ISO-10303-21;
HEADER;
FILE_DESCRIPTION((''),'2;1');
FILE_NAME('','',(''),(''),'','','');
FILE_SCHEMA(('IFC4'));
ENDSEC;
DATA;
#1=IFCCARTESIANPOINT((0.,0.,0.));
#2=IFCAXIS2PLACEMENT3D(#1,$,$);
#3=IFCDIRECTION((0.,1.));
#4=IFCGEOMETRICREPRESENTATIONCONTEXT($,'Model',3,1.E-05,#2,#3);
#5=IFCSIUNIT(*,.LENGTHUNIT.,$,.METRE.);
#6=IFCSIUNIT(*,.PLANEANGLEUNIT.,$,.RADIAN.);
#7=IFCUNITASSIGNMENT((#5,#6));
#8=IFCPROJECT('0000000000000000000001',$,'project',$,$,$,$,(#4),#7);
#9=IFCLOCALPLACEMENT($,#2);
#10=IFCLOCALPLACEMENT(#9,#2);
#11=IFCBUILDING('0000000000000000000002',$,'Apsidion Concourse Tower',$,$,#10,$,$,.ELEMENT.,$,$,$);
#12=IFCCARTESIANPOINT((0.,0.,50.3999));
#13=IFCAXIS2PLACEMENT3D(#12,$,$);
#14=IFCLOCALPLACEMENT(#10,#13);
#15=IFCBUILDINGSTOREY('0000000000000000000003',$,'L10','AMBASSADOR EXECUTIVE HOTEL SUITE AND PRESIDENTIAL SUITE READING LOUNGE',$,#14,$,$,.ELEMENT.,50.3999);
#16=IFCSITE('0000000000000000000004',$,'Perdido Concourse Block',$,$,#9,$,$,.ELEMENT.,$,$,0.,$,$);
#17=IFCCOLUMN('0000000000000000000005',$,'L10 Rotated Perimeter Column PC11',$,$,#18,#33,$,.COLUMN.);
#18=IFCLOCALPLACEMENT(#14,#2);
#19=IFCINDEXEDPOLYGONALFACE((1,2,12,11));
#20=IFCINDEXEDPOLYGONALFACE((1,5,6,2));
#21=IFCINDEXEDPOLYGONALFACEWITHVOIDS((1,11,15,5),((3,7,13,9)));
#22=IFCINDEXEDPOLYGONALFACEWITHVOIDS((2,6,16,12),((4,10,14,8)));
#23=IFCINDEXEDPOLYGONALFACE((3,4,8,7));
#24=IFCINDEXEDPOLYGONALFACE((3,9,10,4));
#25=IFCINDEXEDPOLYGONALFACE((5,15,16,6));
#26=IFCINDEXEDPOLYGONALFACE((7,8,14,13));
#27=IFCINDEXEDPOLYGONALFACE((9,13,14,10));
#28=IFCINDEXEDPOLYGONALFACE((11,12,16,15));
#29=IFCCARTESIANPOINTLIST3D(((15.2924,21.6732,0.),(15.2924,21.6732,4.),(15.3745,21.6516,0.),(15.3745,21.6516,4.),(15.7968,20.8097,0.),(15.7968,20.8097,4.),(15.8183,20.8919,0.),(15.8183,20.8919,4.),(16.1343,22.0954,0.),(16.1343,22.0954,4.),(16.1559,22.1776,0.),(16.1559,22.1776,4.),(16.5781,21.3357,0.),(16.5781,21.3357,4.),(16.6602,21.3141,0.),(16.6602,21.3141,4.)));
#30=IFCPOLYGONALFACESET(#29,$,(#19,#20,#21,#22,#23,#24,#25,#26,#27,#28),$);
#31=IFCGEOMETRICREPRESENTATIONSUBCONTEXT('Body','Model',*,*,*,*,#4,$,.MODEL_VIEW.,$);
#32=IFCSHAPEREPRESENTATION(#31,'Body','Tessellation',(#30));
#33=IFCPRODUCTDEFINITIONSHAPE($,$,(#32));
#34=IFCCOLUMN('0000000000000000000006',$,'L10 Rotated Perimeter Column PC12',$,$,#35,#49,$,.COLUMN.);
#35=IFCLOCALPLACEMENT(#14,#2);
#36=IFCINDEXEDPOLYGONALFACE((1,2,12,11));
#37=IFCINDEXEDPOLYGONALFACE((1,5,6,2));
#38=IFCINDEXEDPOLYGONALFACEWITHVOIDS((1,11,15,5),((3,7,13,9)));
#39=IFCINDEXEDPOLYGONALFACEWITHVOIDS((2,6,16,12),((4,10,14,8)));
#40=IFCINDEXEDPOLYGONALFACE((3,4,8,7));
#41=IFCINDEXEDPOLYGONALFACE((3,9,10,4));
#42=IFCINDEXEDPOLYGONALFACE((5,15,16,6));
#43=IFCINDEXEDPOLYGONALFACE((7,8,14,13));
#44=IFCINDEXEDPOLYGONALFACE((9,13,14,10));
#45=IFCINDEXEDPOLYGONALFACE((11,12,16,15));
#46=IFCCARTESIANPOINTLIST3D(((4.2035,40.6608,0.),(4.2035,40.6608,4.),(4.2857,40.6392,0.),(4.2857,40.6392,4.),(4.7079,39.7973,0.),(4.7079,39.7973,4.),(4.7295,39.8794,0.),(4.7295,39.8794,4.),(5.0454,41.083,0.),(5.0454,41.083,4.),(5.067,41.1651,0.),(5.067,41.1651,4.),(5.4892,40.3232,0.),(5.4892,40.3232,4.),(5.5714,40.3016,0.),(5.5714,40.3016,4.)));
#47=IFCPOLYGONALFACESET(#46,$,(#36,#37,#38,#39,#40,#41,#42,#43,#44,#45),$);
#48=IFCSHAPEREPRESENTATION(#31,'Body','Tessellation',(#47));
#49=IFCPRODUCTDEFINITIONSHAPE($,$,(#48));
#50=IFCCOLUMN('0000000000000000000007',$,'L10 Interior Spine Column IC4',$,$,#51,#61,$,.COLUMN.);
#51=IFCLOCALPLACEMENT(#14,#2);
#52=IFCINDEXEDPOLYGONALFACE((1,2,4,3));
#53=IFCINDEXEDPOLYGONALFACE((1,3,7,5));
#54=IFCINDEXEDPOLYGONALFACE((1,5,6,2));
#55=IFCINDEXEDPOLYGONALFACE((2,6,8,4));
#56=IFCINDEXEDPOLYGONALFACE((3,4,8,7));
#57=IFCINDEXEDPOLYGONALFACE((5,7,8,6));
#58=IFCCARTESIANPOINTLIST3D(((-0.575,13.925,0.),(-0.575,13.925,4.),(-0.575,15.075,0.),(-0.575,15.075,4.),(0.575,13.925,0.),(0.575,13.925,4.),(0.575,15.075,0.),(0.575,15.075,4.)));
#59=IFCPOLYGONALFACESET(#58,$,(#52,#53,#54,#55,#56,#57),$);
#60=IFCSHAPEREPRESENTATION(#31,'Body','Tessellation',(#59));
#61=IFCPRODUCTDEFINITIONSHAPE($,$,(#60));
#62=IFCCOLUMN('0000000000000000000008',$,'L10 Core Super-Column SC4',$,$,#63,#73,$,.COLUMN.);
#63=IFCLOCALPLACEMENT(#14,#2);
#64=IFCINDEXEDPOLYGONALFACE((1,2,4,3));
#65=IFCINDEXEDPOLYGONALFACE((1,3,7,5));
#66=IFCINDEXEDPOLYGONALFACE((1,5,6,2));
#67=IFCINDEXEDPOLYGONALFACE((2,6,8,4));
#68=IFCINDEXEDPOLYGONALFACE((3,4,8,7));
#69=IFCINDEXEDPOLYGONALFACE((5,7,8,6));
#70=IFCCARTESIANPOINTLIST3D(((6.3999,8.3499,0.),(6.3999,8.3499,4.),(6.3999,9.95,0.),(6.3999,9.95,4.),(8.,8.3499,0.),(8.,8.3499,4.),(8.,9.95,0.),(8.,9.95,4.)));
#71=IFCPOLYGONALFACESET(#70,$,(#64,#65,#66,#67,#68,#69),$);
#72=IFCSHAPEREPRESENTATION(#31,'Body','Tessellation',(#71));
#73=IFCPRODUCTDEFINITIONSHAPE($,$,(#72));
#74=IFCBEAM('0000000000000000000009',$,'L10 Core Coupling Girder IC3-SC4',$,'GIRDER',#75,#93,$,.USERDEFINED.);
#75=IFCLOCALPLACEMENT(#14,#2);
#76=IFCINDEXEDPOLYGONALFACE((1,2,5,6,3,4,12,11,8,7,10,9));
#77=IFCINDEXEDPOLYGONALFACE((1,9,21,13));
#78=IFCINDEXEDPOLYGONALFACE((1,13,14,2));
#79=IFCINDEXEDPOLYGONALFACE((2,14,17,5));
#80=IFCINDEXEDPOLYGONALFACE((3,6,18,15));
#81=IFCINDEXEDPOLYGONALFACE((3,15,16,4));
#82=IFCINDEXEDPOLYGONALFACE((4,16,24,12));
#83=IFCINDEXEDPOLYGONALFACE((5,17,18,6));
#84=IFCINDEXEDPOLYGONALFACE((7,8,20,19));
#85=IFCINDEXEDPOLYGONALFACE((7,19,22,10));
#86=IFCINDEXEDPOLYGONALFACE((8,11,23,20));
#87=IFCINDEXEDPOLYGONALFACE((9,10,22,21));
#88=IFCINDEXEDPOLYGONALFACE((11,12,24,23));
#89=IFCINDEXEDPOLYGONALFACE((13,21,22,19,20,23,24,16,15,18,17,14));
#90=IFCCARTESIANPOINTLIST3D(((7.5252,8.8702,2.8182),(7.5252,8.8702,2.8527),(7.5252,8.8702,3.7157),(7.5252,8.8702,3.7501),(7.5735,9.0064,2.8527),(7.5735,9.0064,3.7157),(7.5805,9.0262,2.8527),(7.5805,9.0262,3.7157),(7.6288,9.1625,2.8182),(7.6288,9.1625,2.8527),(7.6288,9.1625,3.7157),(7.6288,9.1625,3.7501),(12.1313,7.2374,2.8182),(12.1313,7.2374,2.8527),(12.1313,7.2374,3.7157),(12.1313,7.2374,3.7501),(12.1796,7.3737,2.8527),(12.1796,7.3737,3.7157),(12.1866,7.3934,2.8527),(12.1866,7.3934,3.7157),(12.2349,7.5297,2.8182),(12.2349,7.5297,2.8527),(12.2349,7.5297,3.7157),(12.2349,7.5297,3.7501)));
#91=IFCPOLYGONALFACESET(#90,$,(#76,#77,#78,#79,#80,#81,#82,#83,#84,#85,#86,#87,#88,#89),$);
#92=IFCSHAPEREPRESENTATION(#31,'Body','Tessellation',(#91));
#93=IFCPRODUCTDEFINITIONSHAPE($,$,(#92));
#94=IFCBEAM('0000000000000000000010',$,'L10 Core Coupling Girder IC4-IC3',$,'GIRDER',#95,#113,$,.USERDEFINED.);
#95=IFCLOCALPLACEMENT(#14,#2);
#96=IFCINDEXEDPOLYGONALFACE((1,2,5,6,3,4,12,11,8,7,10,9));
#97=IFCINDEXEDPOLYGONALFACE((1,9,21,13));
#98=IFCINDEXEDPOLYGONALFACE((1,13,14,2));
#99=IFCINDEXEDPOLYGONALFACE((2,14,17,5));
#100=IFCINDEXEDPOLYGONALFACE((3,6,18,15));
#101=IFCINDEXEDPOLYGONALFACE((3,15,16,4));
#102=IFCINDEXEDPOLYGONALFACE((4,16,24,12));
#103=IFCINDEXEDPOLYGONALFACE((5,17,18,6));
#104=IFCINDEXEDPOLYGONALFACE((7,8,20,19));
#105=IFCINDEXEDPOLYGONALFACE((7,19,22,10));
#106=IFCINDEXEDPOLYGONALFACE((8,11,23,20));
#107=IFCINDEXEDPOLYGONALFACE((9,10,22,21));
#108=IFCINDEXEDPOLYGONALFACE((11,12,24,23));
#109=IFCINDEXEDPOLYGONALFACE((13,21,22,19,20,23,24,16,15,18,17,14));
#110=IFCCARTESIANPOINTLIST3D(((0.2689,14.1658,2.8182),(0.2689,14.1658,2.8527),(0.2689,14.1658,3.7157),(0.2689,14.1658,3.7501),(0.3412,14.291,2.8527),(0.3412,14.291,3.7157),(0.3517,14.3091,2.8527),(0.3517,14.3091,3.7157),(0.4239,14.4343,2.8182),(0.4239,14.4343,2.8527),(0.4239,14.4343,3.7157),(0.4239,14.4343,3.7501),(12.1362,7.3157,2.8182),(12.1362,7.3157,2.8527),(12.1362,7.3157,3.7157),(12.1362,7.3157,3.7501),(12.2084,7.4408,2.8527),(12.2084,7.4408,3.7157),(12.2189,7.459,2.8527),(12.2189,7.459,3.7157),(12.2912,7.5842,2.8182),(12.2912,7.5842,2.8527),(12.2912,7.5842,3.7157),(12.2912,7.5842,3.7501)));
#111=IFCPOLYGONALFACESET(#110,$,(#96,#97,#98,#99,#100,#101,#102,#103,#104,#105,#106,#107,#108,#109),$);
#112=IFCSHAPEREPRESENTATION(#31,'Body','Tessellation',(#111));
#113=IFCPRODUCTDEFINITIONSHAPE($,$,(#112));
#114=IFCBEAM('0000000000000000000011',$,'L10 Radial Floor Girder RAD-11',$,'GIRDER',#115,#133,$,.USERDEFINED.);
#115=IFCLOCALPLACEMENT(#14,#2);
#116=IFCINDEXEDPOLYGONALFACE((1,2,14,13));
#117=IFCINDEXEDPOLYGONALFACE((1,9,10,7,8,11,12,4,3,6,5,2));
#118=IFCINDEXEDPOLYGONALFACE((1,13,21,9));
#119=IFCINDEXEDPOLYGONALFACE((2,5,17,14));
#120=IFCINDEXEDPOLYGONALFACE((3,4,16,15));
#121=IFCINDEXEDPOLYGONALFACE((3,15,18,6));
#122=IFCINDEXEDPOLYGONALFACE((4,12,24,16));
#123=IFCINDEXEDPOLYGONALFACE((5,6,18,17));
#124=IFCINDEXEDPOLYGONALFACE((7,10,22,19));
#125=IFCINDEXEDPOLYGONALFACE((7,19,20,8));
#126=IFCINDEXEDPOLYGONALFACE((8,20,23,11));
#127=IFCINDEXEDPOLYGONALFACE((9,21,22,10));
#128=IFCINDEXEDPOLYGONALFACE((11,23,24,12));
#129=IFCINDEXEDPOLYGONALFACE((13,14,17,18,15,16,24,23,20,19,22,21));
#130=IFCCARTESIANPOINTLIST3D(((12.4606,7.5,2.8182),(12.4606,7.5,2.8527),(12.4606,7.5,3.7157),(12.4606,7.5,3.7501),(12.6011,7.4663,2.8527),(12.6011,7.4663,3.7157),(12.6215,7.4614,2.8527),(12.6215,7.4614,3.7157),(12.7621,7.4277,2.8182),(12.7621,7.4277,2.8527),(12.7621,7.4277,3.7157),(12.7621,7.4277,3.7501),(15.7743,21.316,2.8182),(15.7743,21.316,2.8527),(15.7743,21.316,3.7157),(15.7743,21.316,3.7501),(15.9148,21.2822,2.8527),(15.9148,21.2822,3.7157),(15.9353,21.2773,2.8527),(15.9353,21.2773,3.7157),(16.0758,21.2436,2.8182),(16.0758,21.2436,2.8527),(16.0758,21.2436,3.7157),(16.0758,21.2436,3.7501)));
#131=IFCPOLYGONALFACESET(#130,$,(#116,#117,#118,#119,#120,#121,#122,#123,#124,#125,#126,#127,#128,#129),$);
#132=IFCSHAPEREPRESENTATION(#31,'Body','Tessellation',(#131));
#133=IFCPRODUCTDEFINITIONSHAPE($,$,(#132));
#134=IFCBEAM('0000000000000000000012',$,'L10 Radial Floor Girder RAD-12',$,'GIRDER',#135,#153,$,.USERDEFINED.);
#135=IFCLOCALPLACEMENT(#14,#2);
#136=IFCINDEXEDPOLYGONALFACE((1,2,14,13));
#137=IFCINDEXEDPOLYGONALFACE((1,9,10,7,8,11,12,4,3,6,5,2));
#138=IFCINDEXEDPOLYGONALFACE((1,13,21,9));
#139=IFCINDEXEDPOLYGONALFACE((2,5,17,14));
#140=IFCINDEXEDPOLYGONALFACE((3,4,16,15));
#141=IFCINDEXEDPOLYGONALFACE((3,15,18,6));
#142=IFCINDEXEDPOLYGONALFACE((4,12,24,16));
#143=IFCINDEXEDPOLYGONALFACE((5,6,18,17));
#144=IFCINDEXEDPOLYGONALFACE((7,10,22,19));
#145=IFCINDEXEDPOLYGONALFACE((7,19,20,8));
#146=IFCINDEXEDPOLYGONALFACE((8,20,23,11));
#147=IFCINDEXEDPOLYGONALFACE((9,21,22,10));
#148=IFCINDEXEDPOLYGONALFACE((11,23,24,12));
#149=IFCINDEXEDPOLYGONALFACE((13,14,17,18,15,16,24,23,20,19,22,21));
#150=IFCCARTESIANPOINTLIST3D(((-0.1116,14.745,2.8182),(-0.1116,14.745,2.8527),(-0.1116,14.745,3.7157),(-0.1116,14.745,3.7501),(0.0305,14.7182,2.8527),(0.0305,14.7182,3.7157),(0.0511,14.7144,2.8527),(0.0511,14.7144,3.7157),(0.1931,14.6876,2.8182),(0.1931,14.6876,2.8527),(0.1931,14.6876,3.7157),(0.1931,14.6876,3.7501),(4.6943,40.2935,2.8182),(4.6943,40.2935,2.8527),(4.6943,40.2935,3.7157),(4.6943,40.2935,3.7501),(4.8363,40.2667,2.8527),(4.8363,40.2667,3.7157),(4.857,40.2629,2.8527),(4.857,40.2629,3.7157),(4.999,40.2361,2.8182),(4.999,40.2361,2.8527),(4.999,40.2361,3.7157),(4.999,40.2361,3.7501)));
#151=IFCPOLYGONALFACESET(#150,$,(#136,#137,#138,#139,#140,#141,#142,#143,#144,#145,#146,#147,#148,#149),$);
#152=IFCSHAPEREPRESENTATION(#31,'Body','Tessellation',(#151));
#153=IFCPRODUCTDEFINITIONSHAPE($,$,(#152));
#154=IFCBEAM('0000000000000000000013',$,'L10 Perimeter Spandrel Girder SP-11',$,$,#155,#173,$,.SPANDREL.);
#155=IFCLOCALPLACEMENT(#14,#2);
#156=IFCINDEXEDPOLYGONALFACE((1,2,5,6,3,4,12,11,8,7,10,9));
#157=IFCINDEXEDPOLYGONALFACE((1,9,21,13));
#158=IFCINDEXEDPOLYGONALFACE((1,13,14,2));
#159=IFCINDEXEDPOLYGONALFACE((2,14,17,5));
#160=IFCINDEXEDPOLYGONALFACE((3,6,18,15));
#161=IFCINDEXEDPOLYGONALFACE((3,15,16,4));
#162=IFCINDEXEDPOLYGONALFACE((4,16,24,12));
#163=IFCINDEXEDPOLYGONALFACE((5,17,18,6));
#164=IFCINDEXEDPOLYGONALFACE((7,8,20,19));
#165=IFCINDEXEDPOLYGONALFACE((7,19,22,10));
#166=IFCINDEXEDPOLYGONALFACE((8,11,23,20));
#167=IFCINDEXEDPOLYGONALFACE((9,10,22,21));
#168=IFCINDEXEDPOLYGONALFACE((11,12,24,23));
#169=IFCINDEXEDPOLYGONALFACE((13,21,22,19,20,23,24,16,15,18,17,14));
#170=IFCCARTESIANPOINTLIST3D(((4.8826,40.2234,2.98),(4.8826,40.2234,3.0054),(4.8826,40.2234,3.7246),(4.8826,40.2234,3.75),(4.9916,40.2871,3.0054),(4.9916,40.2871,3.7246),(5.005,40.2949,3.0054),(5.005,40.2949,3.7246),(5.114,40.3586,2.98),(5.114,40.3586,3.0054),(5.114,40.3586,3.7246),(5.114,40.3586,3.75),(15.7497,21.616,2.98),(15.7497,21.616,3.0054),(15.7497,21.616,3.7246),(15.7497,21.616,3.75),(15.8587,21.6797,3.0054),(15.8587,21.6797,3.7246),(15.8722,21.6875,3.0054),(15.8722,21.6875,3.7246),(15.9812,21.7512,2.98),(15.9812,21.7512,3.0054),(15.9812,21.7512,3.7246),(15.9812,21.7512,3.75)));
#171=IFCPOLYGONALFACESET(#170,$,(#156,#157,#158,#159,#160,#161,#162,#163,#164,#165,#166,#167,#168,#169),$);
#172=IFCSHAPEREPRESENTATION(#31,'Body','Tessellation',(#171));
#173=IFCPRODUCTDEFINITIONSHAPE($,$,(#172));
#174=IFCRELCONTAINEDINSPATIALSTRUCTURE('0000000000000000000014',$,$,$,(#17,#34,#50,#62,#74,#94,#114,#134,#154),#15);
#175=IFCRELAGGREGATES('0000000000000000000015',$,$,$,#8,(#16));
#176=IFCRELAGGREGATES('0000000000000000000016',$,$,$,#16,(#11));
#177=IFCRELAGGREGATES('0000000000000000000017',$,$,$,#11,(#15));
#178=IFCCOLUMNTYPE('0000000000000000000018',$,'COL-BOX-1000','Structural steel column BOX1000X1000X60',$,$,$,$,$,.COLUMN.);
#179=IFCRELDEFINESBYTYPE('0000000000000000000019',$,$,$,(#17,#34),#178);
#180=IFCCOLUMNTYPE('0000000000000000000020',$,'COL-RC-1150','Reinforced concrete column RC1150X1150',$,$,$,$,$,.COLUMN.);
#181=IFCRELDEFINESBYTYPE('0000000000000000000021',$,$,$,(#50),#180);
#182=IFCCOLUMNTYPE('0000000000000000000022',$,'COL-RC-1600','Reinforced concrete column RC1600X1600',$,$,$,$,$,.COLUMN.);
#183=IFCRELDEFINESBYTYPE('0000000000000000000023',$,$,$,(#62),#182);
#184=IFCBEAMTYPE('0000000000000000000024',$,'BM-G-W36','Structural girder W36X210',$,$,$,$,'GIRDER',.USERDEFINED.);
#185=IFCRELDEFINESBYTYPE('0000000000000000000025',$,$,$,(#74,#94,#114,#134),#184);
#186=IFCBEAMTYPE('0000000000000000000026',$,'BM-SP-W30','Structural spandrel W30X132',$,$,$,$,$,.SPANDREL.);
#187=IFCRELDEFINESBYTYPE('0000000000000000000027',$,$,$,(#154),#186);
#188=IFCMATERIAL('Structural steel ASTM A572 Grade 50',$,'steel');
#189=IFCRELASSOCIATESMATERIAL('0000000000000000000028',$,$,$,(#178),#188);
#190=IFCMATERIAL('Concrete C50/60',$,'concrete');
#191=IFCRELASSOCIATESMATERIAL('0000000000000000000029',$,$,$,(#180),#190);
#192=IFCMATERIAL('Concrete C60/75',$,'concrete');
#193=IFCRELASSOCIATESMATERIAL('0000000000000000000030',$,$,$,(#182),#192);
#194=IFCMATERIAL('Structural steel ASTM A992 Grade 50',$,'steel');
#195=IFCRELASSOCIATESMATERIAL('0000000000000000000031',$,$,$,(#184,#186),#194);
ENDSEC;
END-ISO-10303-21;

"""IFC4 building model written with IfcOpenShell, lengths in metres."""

from ifc_helpers import new_model, si_unit, direction, frame, origin, origin_2d, place, context, subcontext, project, spatial, rectangle, hollow_rectangle, i_section, extrude, material, material_profile, profile_set, type_object, element, save


model = new_model("IFC4")

# Units and contexts
model_context = context("Model", 3, precision=1e-05, world=origin(), true_north=direction((0.0, 1.0)))
body_context = subcontext(model_context, "Body", "Model", "MODEL_VIEW")
ifc_project = project(units=[si_unit("LENGTHUNIT", "METRE"), si_unit("PLANEANGLEUNIT", "RADIAN")], contexts=[model_context])

# Site, building, storey
site_placement = place(None, origin())
site = spatial("IfcSite", under=ifc_project, at=site_placement, Name="Perdido Concourse Block", CompositionType="ELEMENT", RefElevation=0.0)
building_placement = place(site_placement, origin())
building = spatial("IfcBuilding", under=site, at=building_placement, Name="Apsidion Concourse Tower", CompositionType="ELEMENT")
storey_placement = place(building_placement, frame((0.0, 0.0, 50.3999)))
storey = spatial("IfcBuildingStorey", under=building, at=storey_placement, Name="L10", Description="AMBASSADOR EXECUTIVE HOTEL SUITE AND PRESIDENTIAL SUITE READING LOUNGE", CompositionType="ELEMENT", Elevation=50.3999)

# Columns
ifc_material_1 = material(Name="Structural steel ASTM A572 Grade 50", Category="steel")
ifc_material_profile_1 = material_profile(ifc_material_1, hollow_rectangle(XDim=1.0, YDim=1.0, WallThickness=0.0601, at=origin_2d()), Name="BOX1000X1000X60")
ifc_profile_set_1 = profile_set([ifc_material_profile_1], Name="Structural steel ASTM A572 Grade 50")
column_type_1 = type_object("IfcColumnType", Name="COL-BOX-1000", Description="Structural steel column BOX1000X1000X60", PredefinedType="COLUMN", material=ifc_profile_set_1)
for number, where, z_axis, x_axis, name in (
    (1, (15.9763, 21.4937, 0.0), (0.0, 0.0, 1.0), (-0.504377, 0.863484, 0.0), "L10 Rotated Perimeter Column PC11"),
    (2, (4.8875, 40.4812, 0.0), (0.0, 0.0, 1.0), (-0.504377, 0.863484, 0.0), "L10 Rotated Perimeter Column PC12"),
):
    element("IfcColumn", number, at=place(storey_placement, frame(where, z_axis=z_axis, x_axis=x_axis)), inside=storey, type_object=column_type_1, Name=name, PredefinedType="COLUMN", context=body_context, shape_type="SweptSolid", body=[
        extrude(hollow_rectangle(XDim=1.0, YDim=1.0, WallThickness=0.0601, at=origin_2d()), origin(), (0.0, 0.0, 1.0), 4.0),
    ])
ifc_material_2 = material(Name="Concrete C50/60", Category="concrete")
ifc_material_profile_2 = material_profile(ifc_material_2, rectangle(XDim=1.1499, YDim=1.1499, at=origin_2d()), Name="RC 1150x1150")
ifc_profile_set_2 = profile_set([ifc_material_profile_2], Name="Concrete C50/60")
column_type_2 = type_object("IfcColumnType", Name="COL-RC-1150", Description="Reinforced concrete column RC1150X1150", PredefinedType="COLUMN", material=ifc_profile_set_2)
column_1_placement = place(storey_placement, frame((0.0, 14.5, 0.0), z_axis=(0.0, 0.0, 1.0), x_axis=(1.0, 0.0, 0.0)))
element("IfcColumn", 3, at=column_1_placement, inside=storey, type_object=column_type_2, Name="L10 Interior Spine Column IC4", PredefinedType="COLUMN", context=body_context, shape_type="SweptSolid", body=[
    extrude(rectangle(XDim=1.1499, YDim=1.1499, at=origin_2d()), origin(), (0.0, 0.0, 1.0), 4.0),
])
ifc_material_3 = material(Name="Concrete C60/75", Category="concrete")
ifc_material_profile_3 = material_profile(ifc_material_3, rectangle(XDim=1.6001, YDim=1.6001, at=origin_2d()), Name="RC 1600x1600")
ifc_profile_set_3 = profile_set([ifc_material_profile_3], Name="Concrete C60/75")
column_type_3 = type_object("IfcColumnType", Name="COL-RC-1600", Description="Reinforced concrete column RC1600X1600", PredefinedType="COLUMN", material=ifc_profile_set_3)
column_2_placement = place(storey_placement, frame((7.2, 9.1499, 0.0), z_axis=(0.0, 0.0, 1.0), x_axis=(1.0, 0.0, 0.0)))
element("IfcColumn", 4, at=column_2_placement, inside=storey, type_object=column_type_3, Name="L10 Core Super-Column SC4", PredefinedType="COLUMN", context=body_context, shape_type="SweptSolid", body=[
    extrude(rectangle(XDim=1.6001, YDim=1.6001, at=origin_2d()), origin(), (0.0, 0.0, 1.0), 4.0),
])

# Beams
ifc_material_4 = material(Name="Structural steel ASTM A992 Grade 50", Category="steel")
ifc_material_profile_4 = material_profile(ifc_material_4, i_section(OverallWidth=0.3101, OverallDepth=0.9319, WebThickness=0.021, FlangeThickness=0.0344, at=origin_2d()), Name="W36X210")
ifc_profile_set_4 = profile_set([ifc_material_profile_4], Name="Structural steel ASTM A992 Grade 50")
beam_type_1 = type_object("IfcBeamType", Name="BM-G-W36", Description="Structural girder W36X210", ElementType="GIRDER", PredefinedType="USERDEFINED", material=ifc_profile_set_4)
beam_1_placement = place(storey_placement, frame((12.1831, 7.3835, 3.2842), z_axis=(-0.942534, 0.334111, 0.0), x_axis=(-0.334111, -0.942534, 0.0)))
element("IfcBeam", 5, at=beam_1_placement, inside=storey, type_object=beam_type_1, Name="L10 Core Coupling Girder IC3-SC4", ObjectType="GIRDER", PredefinedType="USERDEFINED", context=body_context, shape_type="SweptSolid", body=[
    extrude(i_section(OverallWidth=0.3101, OverallDepth=0.9319, WebThickness=0.021, FlangeThickness=0.0344, at=origin_2d()), origin(), (0.0, 0.0, 1.0), 4.887),
])
beam_2_placement = place(storey_placement, frame((0.3464, 14.3, 3.2842), z_axis=(0.86607, -0.499922, 0.0), x_axis=(0.499922, 0.86607, 0.0)))
element("IfcBeam", 6, at=beam_2_placement, inside=storey, type_object=beam_type_1, Name="L10 Core Coupling Girder IC4-IC3", ObjectType="GIRDER", PredefinedType="USERDEFINED", context=body_context, shape_type="SweptSolid", body=[
    extrude(i_section(OverallWidth=0.3101, OverallDepth=0.9319, WebThickness=0.021, FlangeThickness=0.0344, at=origin_2d()), origin(), (0.0, 0.0, 1.0), 13.7024),
])
beam_3_placement = place(storey_placement, frame((12.6113, 7.4639, 3.2842), z_axis=(0.233233, 0.972421, 0.0), x_axis=(-0.972421, 0.233233, 0.0)))
element("IfcBeam", 7, at=beam_3_placement, inside=storey, type_object=beam_type_1, Name="L10 Radial Floor Girder RAD-11", ObjectType="GIRDER", PredefinedType="USERDEFINED", context=body_context, shape_type="SweptSolid", body=[
    extrude(i_section(OverallWidth=0.3101, OverallDepth=0.9319, WebThickness=0.021, FlangeThickness=0.0344, at=origin_2d()), origin(), (0.0, 0.0, 1.0), 14.2078),
])
beam_4_placement = place(storey_placement, frame((0.0408, 14.7163, 3.2842), z_axis=(0.184866, 0.982764, 0.0), x_axis=(-0.982764, 0.184866, 0.0)))
element("IfcBeam", 8, at=beam_4_placement, inside=storey, type_object=beam_type_1, Name="L10 Radial Floor Girder RAD-12", ObjectType="GIRDER", PredefinedType="USERDEFINED", context=body_context, shape_type="SweptSolid", body=[
    extrude(i_section(OverallWidth=0.3101, OverallDepth=0.9319, WebThickness=0.021, FlangeThickness=0.0344, at=origin_2d()), origin(), (0.0, 0.0, 1.0), 25.9966),
])
ifc_material_profile_5 = material_profile(ifc_material_4, i_section(OverallWidth=0.2681, OverallDepth=0.77, WebThickness=0.0156, FlangeThickness=0.0254, at=origin_2d()), Name="W30X132")
ifc_profile_set_5 = profile_set([ifc_material_profile_5], Name="Structural steel ASTM A992 Grade 50")
beam_type_2 = type_object("IfcBeamType", Name="BM-SP-W30", Description="Structural spandrel W30X132", PredefinedType="SPANDREL", material=ifc_profile_set_5)
beam_5_placement = place(storey_placement, frame((15.8655, 21.6836, 3.365), z_axis=(-0.504316, 0.863519, 0.0), x_axis=(-0.863519, -0.504316, 0.0)))
element("IfcBeam", 9, at=beam_5_placement, inside=storey, type_object=beam_type_2, Name="L10 Perimeter Spandrel Girder SP-11", PredefinedType="SPANDREL", context=body_context, shape_type="SweptSolid", body=[
    extrude(i_section(OverallWidth=0.2681, OverallDepth=0.77, WebThickness=0.0156, FlangeThickness=0.0254, at=origin_2d()), origin(), (0.0, 0.0, 1.0), 21.5483),
])

save(model, "model.ifc")
